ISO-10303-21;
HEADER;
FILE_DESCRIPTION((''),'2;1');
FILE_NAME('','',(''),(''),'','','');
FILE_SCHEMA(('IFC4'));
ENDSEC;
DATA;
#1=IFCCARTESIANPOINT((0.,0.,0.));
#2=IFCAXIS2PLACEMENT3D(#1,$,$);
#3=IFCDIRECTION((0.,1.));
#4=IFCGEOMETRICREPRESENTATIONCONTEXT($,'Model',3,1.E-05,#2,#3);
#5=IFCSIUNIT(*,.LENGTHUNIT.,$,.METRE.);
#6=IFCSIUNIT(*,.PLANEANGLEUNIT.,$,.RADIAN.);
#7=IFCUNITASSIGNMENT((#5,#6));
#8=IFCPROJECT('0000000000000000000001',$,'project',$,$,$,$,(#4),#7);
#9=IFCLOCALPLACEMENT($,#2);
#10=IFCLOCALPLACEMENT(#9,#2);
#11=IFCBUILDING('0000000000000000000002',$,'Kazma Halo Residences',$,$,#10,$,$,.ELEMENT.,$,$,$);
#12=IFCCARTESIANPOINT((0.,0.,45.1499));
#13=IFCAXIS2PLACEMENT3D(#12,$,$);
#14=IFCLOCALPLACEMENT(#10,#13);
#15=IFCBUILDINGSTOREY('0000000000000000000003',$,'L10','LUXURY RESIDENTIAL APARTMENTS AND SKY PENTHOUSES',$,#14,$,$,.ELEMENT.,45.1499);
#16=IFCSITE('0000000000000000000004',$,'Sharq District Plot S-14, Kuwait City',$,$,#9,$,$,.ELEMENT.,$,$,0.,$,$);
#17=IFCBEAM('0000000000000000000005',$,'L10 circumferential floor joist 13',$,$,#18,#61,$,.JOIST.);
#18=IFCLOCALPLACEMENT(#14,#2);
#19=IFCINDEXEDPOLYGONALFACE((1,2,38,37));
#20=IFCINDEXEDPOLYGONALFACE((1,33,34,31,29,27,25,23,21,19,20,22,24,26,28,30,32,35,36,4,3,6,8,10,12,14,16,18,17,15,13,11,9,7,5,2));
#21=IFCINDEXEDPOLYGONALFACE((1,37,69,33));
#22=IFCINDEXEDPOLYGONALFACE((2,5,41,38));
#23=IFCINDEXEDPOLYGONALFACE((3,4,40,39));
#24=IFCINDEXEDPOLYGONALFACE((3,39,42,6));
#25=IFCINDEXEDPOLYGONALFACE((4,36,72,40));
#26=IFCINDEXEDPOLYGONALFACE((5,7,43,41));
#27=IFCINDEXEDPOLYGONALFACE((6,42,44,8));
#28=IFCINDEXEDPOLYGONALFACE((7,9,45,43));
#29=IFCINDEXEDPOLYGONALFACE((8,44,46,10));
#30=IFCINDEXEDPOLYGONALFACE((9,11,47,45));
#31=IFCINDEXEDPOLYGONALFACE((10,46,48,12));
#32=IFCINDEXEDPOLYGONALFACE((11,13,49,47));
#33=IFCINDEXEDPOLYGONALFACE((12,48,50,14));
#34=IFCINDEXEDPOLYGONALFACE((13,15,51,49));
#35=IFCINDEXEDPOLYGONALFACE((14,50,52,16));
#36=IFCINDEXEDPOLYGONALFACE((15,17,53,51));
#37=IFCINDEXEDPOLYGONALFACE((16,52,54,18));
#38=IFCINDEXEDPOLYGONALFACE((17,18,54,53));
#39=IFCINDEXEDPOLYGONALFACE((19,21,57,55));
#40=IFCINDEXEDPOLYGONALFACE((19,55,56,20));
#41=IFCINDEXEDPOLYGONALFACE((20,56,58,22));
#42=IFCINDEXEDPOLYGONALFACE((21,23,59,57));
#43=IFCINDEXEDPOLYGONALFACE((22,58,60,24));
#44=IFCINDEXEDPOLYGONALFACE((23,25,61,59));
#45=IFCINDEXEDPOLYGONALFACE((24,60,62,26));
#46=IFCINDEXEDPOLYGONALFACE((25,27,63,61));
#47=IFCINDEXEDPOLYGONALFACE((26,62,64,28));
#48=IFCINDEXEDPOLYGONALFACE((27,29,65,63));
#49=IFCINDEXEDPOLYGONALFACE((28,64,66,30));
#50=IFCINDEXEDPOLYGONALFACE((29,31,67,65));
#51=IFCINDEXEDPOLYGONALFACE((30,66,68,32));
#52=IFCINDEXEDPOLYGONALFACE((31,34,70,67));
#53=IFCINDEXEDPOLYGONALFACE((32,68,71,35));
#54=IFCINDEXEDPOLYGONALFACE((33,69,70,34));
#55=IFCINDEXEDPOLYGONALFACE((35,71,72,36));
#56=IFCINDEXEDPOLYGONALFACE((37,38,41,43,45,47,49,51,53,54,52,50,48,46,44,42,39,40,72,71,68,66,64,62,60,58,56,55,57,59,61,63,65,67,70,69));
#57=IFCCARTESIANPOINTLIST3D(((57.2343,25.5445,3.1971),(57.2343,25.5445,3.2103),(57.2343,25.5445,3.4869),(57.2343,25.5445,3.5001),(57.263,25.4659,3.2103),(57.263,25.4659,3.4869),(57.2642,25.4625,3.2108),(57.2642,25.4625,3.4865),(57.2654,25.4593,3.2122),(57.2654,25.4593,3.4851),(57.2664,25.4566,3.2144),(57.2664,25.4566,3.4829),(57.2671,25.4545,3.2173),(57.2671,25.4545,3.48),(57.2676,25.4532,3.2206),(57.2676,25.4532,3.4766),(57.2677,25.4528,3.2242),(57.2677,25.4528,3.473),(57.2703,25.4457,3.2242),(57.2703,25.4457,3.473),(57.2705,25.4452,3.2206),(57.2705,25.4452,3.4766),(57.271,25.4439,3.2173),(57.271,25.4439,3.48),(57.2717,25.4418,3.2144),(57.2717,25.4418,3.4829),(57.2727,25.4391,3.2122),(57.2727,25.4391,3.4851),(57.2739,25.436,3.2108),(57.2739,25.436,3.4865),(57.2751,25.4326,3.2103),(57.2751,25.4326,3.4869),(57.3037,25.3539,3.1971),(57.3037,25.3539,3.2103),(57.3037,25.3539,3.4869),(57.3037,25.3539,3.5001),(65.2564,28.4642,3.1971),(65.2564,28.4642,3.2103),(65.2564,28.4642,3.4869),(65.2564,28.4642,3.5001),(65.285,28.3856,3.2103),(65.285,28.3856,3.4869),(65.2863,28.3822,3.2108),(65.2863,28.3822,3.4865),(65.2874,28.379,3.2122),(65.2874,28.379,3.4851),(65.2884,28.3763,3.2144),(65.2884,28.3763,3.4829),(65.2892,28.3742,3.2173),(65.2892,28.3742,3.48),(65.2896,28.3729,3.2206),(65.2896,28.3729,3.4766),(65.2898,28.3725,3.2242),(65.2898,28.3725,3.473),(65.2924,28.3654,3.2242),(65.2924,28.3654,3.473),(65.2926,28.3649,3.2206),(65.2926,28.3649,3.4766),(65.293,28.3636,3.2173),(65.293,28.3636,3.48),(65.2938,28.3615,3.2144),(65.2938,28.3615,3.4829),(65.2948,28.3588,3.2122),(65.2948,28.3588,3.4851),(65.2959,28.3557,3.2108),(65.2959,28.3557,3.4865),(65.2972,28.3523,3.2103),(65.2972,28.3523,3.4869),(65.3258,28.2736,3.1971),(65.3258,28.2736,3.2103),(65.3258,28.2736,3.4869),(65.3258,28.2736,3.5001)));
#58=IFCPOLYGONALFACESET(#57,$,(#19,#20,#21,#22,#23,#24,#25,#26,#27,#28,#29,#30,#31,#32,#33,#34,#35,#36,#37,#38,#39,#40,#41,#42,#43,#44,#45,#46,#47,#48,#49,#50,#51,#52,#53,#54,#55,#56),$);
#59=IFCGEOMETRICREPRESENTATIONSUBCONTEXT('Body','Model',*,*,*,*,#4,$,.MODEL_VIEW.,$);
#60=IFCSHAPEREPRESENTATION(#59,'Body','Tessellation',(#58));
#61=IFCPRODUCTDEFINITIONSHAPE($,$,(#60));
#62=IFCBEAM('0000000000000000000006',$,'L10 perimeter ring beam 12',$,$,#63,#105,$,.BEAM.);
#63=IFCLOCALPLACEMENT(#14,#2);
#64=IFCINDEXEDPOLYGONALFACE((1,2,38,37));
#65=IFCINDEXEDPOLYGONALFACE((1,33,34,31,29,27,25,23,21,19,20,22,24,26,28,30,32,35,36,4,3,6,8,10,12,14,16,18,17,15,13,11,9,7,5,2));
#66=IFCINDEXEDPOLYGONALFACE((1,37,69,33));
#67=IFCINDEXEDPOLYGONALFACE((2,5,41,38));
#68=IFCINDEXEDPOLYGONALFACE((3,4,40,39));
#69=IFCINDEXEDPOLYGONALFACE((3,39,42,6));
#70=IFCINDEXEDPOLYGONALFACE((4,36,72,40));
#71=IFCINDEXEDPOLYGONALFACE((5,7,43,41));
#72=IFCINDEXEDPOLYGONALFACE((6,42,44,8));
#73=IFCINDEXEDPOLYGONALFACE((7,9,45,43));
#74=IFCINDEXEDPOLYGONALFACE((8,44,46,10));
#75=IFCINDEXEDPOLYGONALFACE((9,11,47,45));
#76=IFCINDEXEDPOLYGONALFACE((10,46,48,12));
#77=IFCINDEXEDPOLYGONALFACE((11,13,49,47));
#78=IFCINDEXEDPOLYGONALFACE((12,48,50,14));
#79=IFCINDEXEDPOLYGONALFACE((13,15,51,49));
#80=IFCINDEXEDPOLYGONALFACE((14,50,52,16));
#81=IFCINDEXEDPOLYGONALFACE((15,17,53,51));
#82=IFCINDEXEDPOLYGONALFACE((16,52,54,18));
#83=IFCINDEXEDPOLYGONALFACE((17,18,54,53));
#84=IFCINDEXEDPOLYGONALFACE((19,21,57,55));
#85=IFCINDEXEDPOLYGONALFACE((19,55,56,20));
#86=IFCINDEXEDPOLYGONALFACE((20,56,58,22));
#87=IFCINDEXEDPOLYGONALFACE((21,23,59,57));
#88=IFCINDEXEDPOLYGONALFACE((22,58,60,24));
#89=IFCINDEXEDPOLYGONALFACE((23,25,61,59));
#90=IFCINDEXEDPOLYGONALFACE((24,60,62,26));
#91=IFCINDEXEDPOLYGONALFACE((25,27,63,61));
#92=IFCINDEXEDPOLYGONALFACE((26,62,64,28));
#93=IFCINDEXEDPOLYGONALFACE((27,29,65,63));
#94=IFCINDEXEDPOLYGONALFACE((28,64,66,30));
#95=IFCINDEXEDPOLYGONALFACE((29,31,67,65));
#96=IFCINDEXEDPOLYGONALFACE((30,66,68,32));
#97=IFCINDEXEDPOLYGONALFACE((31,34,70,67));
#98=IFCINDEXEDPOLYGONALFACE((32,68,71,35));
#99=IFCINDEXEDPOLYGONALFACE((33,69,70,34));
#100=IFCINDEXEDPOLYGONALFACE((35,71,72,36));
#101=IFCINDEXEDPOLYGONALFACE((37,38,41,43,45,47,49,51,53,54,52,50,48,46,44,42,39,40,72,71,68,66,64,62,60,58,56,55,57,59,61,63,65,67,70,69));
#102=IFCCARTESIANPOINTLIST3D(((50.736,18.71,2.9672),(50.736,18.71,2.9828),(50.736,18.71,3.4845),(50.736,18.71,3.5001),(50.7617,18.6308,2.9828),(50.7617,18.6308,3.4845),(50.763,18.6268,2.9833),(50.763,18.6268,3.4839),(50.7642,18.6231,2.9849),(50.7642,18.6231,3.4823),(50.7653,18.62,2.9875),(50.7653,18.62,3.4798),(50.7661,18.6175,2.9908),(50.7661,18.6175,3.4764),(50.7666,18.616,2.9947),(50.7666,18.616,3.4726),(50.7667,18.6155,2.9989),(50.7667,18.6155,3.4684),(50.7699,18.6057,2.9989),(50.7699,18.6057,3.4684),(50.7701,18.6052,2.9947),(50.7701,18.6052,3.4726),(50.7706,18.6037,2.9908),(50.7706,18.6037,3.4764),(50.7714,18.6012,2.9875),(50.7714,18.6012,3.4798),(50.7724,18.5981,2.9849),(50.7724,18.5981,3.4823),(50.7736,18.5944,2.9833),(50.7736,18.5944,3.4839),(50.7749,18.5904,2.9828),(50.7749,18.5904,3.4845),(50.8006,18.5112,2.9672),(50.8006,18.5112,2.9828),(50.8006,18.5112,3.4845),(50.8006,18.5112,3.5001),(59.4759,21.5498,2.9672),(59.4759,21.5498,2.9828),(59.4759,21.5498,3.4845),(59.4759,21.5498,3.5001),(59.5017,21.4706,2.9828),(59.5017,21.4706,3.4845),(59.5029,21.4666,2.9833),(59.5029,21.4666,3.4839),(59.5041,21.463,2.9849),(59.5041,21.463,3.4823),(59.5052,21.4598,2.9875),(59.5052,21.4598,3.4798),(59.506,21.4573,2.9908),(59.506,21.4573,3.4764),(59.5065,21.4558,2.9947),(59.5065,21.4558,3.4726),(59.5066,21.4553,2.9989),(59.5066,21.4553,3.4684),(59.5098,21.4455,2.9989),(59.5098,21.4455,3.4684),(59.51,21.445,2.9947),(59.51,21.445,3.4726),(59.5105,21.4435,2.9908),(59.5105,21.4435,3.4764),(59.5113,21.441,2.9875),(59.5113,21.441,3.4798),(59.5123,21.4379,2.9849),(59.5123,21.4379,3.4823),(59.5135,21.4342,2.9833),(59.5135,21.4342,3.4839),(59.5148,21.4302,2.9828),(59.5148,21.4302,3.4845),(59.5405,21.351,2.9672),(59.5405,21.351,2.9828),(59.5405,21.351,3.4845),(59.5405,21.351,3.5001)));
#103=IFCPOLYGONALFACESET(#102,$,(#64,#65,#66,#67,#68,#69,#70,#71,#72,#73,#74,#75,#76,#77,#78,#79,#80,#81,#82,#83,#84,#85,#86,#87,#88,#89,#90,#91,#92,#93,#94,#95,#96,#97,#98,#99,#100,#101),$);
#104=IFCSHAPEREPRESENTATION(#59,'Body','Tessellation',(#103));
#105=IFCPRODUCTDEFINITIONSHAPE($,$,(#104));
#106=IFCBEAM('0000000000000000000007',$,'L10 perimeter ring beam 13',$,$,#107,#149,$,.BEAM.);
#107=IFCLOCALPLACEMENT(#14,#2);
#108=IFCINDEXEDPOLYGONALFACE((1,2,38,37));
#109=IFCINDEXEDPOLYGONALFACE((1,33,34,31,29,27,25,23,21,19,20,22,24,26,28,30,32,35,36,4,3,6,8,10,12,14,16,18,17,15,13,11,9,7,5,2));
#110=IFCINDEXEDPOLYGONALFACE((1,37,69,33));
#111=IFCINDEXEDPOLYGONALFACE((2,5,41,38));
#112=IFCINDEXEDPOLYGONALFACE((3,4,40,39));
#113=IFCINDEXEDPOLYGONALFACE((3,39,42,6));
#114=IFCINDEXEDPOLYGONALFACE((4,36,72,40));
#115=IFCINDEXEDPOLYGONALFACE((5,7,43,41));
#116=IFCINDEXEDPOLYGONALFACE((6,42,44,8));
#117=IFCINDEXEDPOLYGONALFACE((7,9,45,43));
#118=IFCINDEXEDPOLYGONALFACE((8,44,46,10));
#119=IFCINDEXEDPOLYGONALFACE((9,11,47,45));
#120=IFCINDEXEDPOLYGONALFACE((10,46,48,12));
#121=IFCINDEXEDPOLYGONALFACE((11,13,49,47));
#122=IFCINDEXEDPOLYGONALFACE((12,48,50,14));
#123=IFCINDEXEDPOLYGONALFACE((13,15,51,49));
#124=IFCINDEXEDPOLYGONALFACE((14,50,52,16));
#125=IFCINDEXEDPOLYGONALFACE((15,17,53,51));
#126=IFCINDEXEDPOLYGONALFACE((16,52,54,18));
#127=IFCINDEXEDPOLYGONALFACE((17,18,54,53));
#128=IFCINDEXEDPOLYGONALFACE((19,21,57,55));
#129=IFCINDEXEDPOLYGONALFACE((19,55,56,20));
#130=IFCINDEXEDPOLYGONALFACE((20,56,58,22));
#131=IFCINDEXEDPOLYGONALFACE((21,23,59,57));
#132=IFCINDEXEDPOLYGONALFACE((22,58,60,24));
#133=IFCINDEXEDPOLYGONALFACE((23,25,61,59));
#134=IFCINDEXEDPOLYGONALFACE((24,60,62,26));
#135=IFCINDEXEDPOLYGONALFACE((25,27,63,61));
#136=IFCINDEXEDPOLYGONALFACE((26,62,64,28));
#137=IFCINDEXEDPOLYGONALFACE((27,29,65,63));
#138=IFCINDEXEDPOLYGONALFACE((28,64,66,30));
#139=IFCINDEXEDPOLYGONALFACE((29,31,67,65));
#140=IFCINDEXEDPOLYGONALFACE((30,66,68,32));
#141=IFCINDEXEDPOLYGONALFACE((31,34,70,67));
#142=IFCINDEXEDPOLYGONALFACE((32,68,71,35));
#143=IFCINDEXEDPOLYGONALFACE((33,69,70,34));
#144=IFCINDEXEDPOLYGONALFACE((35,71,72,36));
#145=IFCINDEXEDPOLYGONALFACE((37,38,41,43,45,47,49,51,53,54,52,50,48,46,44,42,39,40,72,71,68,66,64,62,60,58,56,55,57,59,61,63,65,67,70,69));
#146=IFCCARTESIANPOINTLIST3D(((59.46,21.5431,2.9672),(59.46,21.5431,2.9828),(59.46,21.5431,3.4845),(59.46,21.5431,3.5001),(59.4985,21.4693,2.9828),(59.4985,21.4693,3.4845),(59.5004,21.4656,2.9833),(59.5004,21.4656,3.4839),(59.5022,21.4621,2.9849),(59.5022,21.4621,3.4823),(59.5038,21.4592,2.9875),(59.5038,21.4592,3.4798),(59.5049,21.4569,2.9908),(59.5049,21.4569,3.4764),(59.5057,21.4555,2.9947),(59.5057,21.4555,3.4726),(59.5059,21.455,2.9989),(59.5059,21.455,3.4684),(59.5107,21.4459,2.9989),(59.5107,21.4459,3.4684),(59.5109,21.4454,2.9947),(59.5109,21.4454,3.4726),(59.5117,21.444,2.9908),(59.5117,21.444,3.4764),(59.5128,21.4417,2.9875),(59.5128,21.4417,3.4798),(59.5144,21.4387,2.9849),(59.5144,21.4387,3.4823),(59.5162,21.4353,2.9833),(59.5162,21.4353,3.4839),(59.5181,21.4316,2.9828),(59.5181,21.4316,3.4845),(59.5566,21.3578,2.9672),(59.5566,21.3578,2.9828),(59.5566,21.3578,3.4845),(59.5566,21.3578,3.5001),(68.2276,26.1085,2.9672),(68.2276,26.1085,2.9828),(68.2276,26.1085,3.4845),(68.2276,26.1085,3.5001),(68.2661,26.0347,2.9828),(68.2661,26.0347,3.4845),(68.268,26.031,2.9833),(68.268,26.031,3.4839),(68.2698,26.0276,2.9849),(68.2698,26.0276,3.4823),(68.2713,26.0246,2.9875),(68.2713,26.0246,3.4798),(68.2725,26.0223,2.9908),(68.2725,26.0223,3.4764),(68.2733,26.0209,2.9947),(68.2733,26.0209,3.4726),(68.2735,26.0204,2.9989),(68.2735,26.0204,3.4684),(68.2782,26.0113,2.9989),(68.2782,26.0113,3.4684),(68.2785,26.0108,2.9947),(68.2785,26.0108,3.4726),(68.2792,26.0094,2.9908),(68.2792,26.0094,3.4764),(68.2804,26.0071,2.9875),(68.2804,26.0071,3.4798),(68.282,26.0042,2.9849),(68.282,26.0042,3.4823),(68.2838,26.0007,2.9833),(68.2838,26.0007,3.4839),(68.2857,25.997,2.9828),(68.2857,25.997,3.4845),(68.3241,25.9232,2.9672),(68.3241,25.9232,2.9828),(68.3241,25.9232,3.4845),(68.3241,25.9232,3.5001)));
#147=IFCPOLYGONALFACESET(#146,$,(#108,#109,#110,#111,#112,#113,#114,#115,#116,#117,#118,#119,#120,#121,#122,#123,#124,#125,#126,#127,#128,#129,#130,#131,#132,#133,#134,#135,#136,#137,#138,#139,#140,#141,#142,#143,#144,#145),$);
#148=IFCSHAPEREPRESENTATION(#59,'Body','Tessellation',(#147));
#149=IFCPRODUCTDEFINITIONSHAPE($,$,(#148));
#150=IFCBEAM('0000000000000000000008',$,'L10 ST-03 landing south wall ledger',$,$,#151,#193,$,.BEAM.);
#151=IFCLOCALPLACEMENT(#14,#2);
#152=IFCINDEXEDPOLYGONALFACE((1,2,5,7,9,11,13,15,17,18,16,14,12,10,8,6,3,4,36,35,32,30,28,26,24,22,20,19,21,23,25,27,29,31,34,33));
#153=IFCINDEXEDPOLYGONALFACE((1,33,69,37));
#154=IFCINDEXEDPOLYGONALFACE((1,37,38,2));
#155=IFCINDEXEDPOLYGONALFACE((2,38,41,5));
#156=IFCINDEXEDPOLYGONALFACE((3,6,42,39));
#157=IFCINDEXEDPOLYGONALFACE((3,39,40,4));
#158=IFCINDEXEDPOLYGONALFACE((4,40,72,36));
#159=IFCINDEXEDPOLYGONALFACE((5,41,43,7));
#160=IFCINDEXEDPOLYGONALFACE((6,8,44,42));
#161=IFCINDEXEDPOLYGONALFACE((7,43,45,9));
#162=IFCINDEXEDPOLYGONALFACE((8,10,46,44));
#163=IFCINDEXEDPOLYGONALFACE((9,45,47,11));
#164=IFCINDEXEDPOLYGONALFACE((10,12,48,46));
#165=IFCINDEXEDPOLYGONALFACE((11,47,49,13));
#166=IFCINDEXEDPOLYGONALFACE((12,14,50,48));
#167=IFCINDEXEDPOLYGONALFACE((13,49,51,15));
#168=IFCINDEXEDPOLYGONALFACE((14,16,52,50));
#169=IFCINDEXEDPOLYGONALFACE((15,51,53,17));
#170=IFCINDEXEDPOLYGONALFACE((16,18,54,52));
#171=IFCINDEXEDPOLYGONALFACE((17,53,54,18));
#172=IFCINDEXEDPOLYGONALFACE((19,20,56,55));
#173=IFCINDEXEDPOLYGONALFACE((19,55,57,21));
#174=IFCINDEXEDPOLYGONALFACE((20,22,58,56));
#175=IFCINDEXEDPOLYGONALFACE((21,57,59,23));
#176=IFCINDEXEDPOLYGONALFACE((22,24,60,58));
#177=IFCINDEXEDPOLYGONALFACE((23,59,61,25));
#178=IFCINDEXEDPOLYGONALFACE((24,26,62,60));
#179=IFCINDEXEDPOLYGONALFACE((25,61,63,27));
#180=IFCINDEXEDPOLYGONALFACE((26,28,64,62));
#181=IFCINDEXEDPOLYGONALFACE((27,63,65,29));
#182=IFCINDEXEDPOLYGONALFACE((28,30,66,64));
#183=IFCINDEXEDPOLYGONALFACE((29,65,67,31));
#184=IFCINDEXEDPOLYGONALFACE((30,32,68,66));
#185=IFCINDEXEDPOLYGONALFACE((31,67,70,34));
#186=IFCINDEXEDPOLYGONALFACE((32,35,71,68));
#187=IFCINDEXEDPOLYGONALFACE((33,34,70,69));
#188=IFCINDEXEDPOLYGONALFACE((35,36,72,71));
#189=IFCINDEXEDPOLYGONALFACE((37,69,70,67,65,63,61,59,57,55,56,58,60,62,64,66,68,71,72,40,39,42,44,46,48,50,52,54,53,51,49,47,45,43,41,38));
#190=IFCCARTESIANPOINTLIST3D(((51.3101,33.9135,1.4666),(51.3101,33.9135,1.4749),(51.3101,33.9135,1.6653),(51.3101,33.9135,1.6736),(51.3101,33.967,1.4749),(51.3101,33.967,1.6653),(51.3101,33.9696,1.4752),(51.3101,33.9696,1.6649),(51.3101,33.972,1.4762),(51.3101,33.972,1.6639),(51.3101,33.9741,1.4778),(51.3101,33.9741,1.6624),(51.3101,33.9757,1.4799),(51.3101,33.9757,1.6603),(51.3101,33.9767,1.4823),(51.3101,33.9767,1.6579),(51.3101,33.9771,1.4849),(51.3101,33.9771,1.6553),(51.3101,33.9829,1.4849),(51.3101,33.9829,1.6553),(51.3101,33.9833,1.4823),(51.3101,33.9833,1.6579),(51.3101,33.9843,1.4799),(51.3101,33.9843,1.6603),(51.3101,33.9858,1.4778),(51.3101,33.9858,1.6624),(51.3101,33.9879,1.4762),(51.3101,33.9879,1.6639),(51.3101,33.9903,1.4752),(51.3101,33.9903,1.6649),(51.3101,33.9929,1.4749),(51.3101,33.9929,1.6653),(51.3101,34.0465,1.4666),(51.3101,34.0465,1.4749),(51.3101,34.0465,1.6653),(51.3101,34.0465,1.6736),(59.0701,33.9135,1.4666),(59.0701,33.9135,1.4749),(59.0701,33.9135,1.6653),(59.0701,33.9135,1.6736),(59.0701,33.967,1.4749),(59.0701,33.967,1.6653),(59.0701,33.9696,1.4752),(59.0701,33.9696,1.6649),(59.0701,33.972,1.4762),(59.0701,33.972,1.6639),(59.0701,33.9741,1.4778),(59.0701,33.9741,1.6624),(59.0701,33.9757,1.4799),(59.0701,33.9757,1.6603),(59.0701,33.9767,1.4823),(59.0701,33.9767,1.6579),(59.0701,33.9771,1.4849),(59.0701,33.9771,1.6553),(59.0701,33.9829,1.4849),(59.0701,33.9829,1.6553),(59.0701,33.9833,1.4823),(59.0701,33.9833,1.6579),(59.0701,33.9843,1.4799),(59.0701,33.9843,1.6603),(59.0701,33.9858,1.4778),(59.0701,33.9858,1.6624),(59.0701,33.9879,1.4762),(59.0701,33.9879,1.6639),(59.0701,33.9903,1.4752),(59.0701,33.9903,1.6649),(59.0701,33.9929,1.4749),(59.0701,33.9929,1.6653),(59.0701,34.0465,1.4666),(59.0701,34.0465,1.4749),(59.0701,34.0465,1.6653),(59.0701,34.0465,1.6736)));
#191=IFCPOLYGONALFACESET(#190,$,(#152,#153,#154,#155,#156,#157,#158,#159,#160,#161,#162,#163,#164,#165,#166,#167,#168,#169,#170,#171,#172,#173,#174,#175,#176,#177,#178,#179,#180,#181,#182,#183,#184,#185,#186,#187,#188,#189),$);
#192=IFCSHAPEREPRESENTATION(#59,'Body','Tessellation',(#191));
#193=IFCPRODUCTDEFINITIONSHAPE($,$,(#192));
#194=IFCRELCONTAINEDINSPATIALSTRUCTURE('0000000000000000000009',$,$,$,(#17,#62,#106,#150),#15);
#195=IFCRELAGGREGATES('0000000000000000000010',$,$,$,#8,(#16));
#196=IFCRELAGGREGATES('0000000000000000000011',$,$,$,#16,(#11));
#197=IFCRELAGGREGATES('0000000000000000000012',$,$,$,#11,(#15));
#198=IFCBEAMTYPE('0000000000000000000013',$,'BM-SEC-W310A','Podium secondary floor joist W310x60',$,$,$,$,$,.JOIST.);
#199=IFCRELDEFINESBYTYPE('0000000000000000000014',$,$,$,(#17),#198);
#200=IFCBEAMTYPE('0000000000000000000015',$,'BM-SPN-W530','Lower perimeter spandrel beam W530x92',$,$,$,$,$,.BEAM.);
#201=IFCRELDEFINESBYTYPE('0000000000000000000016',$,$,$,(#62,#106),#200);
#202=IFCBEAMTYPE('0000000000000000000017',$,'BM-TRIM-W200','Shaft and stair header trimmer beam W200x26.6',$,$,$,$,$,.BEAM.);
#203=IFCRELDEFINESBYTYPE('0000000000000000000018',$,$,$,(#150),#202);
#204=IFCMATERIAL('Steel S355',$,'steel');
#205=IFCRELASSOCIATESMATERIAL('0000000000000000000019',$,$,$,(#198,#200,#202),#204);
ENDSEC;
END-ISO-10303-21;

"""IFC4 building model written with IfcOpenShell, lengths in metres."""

from ifc_helpers import new_model, si_unit, direction, frame, origin, origin_2d, place, context, subcontext, project, spatial, i_section, extrude, material, material_profile, profile_set, type_object, element, save


model = new_model("IFC4")

# Units and contexts
model_context = context("Model", 3, precision=1e-05, world=origin(), true_north=direction((0.0, 1.0)))
body_context = subcontext(model_context, "Body", "Model", "MODEL_VIEW")
ifc_project = project(units=[si_unit("LENGTHUNIT", "METRE"), si_unit("PLANEANGLEUNIT", "RADIAN")], contexts=[model_context])

# Site, building, storey
site_placement = place(None, origin())
site = spatial("IfcSite", under=ifc_project, at=site_placement, Name="Sharq District Plot S-14, Kuwait City", CompositionType="ELEMENT", RefElevation=0.0)
building_placement = place(site_placement, origin())
building = spatial("IfcBuilding", under=site, at=building_placement, Name="Kazma Halo Residences", CompositionType="ELEMENT")
storey_placement = place(building_placement, frame((0.0, 0.0, 45.1499)))
storey = spatial("IfcBuildingStorey", under=building, at=storey_placement, Name="L10", Description="LUXURY RESIDENTIAL APARTMENTS AND SKY PENTHOUSES", CompositionType="ELEMENT", Elevation=45.1499)

# Beams
ifc_material_1 = material(Name="Steel S355", Category="steel")
ifc_material_profile_1 = material_profile(ifc_material_1, i_section(OverallWidth=0.2029, OverallDepth=0.303, WebThickness=0.0076, FlangeThickness=0.0132, FilletRadius=0.0139, at=origin_2d()), Name="W310x60")
ifc_profile_set_1 = profile_set([ifc_material_profile_1], Name="Steel S355")
beam_type_1 = type_object("IfcBeamType", Name="BM-SEC-W310A", Description="Podium secondary floor joist W310x60", PredefinedType="JOIST", material=ifc_profile_set_1)
beam_1_placement = place(storey_placement, frame((57.269, 25.4492, 3.3486), z_axis=(0.939696, 0.342012, 0.0), x_axis=(-0.342012, 0.939696, 0.0)))
element("IfcBeam", 1, at=beam_1_placement, inside=storey, type_object=beam_type_1, Name="L10 circumferential floor joist 13", PredefinedType="JOIST", context=body_context, shape_type="SweptSolid", body=[
    extrude(i_section(OverallWidth=0.2029, OverallDepth=0.303, WebThickness=0.0076, FlangeThickness=0.0132, FilletRadius=0.0139, at=origin_2d()), origin(), (0.0, 0.0, 1.0), 8.5369),
])
ifc_material_profile_2 = material_profile(ifc_material_1, i_section(OverallWidth=0.209, OverallDepth=0.533, WebThickness=0.0103, FlangeThickness=0.0156, FilletRadius=0.0161, at=origin_2d()), Name="W530x92")
ifc_profile_set_2 = profile_set([ifc_material_profile_2], Name="Steel S355")
beam_type_2 = type_object("IfcBeamType", Name="BM-SPN-W530", Description="Lower perimeter spandrel beam W530x92", PredefinedType="BEAM", material=ifc_profile_set_2)
beam_2_placement = place(storey_placement, frame((50.7683, 18.6106, 3.2336), z_axis=(0.951055, 0.309022, 0.0), x_axis=(-0.309022, 0.951055, 0.0)))
element("IfcBeam", 2, at=beam_2_placement, inside=storey, type_object=beam_type_2, Name="L10 perimeter ring beam 12", PredefinedType="BEAM", context=body_context, shape_type="SweptSolid", body=[
    extrude(i_section(OverallWidth=0.209, OverallDepth=0.533, WebThickness=0.0103, FlangeThickness=0.0156, FilletRadius=0.0161, at=origin_2d()), origin(), (0.0, 0.0, 1.0), 9.1897),
])
beam_3_placement = place(storey_placement, frame((59.5083, 21.4504, 3.2336), z_axis=(0.886956, 0.461853, 0.0), x_axis=(-0.461853, 0.886956, 0.0)))
element("IfcBeam", 3, at=beam_3_placement, inside=storey, type_object=beam_type_2, Name="L10 perimeter ring beam 13", PredefinedType="BEAM", context=body_context, shape_type="SweptSolid", body=[
    extrude(i_section(OverallWidth=0.209, OverallDepth=0.533, WebThickness=0.0103, FlangeThickness=0.0156, FilletRadius=0.0161, at=origin_2d()), origin(), (0.0, 0.0, 1.0), 9.885),
])
ifc_material_profile_3 = material_profile(ifc_material_1, i_section(OverallWidth=0.1331, OverallDepth=0.207, WebThickness=0.0059, FlangeThickness=0.0083, FilletRadius=0.01, at=origin_2d()), Name="W200x26.6")
ifc_profile_set_3 = profile_set([ifc_material_profile_3], Name="Steel S355")
beam_type_3 = type_object("IfcBeamType", Name="BM-TRIM-W200", Description="Shaft and stair header trimmer beam W200x26.6", PredefinedType="BEAM", material=ifc_profile_set_3)
beam_4_placement = place(storey_placement, frame((51.3101, 33.98, 1.5701), z_axis=(1.0, 0.0, 0.0), x_axis=(0.0, 1.0, 0.0)))
element("IfcBeam", 4, at=beam_4_placement, inside=storey, type_object=beam_type_3, Name="L10 ST-03 landing south wall ledger", PredefinedType="BEAM", context=body_context, shape_type="SweptSolid", body=[
    extrude(i_section(OverallWidth=0.1331, OverallDepth=0.207, WebThickness=0.0059, FlangeThickness=0.0083, FilletRadius=0.01, at=origin_2d()), origin(), (0.0, 0.0, 1.0), 7.76),
])

save(model, "model.ifc")
